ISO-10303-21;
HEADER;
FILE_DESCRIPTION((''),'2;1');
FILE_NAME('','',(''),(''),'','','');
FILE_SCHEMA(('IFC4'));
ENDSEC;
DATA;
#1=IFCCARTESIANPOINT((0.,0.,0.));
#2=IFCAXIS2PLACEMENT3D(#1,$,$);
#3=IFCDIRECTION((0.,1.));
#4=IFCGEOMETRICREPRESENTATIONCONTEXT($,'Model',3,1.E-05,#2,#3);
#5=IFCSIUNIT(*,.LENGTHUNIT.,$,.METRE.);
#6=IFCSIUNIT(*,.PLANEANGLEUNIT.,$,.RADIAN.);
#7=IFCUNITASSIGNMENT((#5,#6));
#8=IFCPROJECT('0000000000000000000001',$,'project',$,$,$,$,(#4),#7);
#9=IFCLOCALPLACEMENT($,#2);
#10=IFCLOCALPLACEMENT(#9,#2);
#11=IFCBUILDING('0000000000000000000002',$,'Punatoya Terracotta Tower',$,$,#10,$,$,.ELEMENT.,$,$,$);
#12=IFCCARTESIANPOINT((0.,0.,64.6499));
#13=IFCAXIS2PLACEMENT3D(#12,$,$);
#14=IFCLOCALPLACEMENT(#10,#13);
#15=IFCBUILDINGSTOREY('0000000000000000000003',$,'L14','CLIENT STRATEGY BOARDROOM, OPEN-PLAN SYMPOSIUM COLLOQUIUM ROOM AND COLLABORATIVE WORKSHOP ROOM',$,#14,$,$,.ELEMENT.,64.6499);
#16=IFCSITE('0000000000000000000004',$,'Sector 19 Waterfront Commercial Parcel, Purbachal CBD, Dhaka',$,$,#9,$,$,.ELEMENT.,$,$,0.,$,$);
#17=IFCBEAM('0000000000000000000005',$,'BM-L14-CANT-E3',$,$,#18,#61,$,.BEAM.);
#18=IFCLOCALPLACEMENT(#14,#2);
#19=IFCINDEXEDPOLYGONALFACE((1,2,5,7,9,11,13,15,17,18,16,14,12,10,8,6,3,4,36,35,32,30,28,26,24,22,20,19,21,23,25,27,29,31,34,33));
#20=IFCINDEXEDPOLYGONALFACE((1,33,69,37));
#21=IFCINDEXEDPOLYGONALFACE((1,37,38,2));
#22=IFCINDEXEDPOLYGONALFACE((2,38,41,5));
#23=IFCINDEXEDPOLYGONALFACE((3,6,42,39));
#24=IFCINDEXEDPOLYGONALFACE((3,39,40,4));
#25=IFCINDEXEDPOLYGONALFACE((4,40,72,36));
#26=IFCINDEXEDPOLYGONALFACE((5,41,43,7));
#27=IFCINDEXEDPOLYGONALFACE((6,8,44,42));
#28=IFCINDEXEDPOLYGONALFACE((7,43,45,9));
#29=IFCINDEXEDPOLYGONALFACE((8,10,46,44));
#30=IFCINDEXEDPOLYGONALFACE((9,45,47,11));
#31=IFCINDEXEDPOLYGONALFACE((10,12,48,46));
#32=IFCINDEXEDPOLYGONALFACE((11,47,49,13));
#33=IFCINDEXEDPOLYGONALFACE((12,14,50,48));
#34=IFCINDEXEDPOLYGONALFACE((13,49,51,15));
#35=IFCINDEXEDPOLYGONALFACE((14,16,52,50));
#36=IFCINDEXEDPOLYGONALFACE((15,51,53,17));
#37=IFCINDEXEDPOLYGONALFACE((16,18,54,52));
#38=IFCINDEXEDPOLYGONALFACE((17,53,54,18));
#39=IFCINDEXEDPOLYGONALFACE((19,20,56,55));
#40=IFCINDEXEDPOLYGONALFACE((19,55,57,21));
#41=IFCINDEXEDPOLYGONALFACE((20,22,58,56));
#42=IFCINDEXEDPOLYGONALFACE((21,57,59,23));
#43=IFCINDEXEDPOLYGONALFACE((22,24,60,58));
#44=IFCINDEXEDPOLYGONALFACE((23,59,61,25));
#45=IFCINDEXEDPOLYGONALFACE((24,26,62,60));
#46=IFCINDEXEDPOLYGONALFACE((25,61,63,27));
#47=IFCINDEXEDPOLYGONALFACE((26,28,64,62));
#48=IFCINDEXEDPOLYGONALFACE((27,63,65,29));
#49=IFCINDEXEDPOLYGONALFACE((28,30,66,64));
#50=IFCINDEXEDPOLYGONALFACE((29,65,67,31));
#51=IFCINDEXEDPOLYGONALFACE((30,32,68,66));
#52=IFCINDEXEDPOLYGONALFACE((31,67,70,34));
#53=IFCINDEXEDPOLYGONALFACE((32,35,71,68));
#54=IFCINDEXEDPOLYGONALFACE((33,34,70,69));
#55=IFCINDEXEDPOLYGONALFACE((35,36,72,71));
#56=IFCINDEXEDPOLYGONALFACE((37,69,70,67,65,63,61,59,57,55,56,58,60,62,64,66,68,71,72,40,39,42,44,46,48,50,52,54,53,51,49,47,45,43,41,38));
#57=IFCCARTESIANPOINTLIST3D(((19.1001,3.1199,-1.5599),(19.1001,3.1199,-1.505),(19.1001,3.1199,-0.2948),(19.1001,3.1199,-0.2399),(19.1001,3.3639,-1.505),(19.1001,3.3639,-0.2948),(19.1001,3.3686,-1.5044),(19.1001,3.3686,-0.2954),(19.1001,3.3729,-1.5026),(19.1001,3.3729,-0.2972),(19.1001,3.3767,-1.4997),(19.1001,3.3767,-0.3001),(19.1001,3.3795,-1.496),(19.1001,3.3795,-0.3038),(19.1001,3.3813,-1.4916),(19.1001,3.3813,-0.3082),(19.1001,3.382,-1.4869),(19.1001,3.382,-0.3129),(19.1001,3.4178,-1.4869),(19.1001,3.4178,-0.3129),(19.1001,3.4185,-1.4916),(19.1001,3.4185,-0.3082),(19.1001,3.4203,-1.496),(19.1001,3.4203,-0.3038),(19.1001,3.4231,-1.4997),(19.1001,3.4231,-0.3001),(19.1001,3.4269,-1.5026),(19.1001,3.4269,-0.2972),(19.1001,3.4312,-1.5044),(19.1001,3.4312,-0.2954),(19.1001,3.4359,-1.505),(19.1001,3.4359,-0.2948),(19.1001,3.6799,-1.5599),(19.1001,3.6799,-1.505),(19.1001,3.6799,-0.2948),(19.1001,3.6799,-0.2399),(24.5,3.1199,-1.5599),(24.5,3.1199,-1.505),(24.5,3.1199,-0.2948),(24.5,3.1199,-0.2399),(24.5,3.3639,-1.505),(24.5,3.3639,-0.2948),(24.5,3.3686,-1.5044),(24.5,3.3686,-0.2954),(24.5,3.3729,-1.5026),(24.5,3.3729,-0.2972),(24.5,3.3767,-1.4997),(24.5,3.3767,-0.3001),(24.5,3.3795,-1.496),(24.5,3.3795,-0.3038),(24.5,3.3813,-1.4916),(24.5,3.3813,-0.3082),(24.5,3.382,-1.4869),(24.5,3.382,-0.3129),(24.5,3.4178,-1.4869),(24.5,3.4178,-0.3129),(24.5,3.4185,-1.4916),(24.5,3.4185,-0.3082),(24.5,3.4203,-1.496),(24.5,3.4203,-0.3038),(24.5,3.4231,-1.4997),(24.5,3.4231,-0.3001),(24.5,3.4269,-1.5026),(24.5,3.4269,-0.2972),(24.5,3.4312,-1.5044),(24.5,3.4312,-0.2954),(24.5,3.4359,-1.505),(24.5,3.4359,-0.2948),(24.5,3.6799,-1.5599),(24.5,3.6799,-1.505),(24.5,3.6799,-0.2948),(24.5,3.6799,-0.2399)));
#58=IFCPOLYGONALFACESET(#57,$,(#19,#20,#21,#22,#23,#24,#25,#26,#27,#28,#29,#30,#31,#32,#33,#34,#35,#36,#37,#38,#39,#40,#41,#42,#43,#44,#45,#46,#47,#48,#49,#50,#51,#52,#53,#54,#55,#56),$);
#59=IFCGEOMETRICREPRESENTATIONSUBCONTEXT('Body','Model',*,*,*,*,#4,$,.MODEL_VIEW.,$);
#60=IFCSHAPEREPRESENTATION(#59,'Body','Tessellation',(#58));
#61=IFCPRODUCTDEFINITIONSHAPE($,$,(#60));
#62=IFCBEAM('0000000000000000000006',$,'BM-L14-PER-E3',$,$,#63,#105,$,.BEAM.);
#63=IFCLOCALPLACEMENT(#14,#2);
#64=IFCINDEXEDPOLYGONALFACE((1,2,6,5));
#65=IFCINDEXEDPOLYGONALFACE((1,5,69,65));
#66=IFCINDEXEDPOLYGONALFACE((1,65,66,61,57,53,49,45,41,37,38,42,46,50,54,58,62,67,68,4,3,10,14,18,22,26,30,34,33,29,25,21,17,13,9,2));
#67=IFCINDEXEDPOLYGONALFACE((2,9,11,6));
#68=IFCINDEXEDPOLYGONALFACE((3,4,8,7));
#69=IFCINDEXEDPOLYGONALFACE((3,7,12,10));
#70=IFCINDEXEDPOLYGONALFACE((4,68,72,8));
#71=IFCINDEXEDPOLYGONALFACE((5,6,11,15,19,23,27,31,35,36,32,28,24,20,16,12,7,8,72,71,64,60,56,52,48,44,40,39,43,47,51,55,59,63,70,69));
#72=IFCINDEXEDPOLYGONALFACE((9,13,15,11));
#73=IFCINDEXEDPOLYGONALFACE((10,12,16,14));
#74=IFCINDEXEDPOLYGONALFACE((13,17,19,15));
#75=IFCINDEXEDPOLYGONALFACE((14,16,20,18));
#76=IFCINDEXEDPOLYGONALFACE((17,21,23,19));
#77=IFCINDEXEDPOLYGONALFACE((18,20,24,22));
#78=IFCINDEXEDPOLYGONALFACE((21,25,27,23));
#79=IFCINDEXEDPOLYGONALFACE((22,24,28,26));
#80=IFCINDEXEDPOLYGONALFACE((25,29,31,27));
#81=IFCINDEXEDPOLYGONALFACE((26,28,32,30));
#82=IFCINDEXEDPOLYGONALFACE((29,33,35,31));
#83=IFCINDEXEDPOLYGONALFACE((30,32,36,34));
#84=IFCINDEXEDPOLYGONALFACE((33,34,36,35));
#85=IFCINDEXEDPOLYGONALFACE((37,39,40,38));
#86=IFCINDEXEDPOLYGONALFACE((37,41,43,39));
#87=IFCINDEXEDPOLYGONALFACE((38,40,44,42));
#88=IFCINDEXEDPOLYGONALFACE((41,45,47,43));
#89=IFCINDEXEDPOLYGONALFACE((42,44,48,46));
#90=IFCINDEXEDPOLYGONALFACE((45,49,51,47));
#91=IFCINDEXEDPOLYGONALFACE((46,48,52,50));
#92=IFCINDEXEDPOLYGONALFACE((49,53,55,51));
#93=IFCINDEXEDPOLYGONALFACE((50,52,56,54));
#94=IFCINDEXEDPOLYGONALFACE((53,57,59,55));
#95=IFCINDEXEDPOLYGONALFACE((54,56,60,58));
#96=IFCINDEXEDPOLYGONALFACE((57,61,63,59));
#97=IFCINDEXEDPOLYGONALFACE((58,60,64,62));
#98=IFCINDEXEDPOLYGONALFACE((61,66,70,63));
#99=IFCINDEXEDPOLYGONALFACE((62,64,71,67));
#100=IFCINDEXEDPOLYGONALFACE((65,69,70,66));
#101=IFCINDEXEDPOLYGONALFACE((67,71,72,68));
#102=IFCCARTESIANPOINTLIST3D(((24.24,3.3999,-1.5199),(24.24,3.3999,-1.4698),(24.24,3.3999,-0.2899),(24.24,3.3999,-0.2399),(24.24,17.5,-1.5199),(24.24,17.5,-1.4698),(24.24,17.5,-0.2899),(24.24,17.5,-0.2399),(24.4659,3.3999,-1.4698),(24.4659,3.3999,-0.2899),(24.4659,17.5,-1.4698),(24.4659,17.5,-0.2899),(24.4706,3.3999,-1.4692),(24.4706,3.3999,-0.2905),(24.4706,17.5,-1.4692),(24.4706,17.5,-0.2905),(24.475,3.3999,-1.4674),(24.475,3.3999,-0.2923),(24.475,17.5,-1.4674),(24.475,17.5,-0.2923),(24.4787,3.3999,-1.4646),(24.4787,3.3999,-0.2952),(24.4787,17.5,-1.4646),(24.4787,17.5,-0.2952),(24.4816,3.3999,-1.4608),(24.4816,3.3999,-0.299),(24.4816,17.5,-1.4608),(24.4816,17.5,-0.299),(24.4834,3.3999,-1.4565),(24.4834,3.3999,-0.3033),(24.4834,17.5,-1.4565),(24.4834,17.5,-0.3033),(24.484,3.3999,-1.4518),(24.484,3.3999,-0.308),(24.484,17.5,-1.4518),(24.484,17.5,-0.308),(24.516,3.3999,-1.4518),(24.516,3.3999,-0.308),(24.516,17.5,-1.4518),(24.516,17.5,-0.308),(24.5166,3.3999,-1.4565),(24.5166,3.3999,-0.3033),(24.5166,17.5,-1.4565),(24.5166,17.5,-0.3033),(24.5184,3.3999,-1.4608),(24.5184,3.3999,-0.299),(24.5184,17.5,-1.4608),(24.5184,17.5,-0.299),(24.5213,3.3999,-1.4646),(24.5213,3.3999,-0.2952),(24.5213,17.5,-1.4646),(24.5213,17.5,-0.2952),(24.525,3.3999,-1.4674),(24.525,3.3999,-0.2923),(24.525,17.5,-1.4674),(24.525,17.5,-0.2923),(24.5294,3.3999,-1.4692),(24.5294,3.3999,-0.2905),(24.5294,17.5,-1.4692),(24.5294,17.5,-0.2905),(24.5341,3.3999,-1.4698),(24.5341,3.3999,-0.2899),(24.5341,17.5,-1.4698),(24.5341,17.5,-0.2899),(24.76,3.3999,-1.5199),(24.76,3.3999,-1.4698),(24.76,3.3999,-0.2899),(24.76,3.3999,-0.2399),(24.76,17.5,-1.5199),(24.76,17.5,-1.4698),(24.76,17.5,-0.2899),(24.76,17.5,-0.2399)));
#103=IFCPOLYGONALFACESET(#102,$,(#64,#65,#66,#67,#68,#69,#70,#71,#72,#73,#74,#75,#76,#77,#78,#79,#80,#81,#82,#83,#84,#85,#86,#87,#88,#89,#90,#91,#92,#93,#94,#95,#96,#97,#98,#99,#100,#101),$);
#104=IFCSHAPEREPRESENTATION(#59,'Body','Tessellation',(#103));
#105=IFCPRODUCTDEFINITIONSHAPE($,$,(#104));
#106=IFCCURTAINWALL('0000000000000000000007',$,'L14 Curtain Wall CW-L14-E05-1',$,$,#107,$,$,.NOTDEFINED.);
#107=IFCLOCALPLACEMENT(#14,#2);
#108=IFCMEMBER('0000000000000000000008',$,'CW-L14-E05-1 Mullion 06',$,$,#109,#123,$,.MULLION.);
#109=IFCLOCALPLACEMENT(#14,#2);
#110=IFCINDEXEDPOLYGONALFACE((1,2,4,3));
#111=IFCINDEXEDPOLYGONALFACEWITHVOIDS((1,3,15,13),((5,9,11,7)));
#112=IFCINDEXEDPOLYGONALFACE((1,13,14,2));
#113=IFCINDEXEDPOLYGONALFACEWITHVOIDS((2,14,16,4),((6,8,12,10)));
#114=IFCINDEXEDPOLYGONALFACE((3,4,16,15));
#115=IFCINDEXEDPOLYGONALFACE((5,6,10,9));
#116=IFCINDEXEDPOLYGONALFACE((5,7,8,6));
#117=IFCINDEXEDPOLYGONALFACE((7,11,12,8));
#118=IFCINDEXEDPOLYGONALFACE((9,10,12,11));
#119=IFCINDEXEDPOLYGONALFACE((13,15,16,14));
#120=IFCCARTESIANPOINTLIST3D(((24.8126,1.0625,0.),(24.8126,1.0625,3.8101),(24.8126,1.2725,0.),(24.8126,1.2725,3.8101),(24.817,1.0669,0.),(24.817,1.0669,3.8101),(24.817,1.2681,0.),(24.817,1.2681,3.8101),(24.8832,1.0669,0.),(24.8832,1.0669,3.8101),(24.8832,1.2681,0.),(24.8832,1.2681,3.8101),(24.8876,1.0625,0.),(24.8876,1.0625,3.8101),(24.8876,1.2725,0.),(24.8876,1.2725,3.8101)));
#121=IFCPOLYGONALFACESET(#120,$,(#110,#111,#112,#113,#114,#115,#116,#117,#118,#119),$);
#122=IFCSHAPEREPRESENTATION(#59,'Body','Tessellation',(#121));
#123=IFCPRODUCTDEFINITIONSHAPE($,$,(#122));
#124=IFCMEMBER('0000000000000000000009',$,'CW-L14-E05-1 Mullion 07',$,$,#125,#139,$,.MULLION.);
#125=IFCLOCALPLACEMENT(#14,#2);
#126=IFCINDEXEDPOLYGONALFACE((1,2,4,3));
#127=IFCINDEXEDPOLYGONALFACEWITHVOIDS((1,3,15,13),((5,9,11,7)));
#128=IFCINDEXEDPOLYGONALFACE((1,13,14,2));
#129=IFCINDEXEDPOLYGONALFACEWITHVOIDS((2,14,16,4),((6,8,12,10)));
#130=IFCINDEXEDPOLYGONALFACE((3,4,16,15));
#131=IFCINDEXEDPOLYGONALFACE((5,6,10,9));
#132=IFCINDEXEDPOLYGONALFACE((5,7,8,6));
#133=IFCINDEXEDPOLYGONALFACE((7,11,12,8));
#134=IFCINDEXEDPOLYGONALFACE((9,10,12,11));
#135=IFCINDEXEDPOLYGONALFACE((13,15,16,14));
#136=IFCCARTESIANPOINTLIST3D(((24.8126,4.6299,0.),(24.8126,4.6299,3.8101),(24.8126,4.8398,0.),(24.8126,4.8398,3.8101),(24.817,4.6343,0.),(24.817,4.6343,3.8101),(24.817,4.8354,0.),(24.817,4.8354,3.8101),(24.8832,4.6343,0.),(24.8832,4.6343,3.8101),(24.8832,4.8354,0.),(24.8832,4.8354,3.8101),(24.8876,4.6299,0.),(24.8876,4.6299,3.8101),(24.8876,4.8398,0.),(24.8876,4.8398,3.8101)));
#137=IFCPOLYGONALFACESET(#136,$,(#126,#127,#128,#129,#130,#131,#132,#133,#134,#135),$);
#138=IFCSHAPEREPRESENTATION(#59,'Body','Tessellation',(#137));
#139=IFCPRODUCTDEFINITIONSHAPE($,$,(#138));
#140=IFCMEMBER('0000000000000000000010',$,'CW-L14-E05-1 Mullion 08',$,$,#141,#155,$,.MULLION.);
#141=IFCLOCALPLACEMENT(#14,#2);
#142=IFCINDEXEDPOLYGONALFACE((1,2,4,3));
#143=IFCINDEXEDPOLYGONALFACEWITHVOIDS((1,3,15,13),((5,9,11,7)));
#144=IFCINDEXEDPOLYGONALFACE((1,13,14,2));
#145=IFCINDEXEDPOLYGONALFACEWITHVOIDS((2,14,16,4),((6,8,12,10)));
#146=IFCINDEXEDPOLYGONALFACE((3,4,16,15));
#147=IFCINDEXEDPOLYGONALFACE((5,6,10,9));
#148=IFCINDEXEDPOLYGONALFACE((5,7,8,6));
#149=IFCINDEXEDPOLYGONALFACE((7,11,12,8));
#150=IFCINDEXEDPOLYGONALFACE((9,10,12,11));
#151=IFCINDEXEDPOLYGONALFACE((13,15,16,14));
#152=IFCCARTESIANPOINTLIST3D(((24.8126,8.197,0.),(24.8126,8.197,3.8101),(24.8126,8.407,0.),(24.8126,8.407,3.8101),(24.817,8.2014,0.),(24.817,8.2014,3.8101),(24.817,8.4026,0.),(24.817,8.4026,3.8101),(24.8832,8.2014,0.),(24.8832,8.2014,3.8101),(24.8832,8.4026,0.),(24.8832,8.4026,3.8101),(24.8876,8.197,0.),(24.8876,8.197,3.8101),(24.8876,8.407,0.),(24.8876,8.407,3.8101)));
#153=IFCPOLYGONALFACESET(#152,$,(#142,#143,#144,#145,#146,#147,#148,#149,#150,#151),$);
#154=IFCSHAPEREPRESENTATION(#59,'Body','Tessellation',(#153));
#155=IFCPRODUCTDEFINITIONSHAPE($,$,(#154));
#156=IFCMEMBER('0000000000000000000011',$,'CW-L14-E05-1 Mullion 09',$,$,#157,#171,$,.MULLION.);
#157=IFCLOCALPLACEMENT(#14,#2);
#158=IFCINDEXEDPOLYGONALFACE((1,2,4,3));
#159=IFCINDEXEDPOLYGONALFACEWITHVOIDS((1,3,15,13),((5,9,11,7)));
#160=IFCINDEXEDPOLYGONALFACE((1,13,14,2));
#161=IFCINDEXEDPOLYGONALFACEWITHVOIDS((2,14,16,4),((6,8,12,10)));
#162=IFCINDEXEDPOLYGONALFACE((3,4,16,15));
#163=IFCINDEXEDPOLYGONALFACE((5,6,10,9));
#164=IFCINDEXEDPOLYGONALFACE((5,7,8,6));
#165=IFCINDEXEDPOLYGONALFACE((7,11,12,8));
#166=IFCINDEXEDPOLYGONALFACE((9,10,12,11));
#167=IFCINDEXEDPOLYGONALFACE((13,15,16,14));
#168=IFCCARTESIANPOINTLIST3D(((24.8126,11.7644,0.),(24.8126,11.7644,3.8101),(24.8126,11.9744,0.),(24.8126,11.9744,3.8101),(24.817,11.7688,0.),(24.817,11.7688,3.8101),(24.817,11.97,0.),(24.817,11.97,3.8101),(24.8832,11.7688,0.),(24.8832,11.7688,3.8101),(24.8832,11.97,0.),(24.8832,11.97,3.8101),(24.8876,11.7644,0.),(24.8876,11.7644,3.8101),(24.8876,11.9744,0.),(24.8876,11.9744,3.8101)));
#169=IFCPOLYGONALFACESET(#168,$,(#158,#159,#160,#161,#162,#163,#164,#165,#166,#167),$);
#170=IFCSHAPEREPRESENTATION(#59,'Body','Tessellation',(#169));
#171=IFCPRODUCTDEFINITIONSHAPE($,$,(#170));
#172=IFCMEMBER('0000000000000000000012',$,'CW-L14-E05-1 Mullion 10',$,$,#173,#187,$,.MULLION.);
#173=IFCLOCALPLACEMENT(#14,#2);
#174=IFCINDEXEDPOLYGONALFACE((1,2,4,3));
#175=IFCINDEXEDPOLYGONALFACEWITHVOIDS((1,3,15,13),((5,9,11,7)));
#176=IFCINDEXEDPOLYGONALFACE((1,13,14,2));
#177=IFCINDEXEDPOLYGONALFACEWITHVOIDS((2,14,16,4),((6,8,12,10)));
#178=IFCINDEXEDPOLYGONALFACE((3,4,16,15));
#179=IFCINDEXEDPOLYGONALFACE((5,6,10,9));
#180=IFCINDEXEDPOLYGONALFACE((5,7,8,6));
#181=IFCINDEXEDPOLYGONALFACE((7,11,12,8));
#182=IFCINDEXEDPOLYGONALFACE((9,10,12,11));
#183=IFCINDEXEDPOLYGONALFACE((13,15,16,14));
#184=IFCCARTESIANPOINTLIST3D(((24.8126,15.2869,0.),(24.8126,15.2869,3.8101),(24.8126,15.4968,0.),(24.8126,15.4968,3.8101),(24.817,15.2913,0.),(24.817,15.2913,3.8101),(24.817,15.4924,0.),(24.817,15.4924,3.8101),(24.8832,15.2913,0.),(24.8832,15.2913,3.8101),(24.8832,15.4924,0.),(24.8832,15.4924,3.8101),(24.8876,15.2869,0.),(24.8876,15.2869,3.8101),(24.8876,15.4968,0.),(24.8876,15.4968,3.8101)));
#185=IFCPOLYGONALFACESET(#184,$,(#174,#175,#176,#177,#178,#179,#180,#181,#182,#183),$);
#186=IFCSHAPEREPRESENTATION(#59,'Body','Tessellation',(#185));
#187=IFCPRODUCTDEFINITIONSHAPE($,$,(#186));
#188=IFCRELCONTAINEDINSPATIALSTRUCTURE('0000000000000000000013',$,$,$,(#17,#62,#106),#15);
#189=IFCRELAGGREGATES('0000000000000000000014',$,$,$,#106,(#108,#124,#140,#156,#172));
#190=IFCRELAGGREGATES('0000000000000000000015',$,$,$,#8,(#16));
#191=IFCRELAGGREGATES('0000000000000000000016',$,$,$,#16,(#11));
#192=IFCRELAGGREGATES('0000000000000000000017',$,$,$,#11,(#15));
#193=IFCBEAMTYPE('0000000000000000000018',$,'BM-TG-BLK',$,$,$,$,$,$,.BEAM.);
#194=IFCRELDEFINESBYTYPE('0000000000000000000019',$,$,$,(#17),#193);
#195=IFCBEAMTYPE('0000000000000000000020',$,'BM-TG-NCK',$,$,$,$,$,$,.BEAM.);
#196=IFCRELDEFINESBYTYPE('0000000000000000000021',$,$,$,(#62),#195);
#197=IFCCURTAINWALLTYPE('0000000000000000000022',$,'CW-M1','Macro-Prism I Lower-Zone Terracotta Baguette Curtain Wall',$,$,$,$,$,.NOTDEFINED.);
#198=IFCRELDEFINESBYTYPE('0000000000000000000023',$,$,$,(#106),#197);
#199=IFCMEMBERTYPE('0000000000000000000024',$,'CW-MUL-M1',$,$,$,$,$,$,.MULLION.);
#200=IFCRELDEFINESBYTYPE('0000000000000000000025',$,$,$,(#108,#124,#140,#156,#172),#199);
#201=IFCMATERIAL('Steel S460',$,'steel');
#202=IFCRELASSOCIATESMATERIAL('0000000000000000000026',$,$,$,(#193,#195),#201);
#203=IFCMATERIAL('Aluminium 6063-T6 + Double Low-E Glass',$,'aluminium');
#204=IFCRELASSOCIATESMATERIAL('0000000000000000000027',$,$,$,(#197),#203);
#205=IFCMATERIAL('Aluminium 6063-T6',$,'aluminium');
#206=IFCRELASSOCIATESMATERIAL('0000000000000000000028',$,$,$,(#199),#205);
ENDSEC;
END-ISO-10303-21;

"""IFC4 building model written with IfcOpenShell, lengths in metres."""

from ifc_helpers import new_model, si_unit, direction, frame, origin, origin_2d, place, context, subcontext, project, spatial, hollow_rectangle, i_section, extrude, material, material_profile, profile_set, type_object, element, aggregate, save


model = new_model("IFC4")

# Units and contexts
model_context = context("Model", 3, precision=1e-05, world=origin(), true_north=direction((0.0, 1.0)))
body_context = subcontext(model_context, "Body", "Model", "MODEL_VIEW")
ifc_project = project(units=[si_unit("LENGTHUNIT", "METRE"), si_unit("PLANEANGLEUNIT", "RADIAN")], contexts=[model_context])

# Site, building, storey
site_placement = place(None, origin())
site = spatial("IfcSite", under=ifc_project, at=site_placement, Name="Sector 19 Waterfront Commercial Parcel, Purbachal CBD, Dhaka", CompositionType="ELEMENT", RefElevation=0.0)
building_placement = place(site_placement, origin())
building = spatial("IfcBuilding", under=site, at=building_placement, Name="Punatoya Terracotta Tower", CompositionType="ELEMENT")
storey_placement = place(building_placement, frame((0.0, 0.0, 64.6499)))
storey = spatial("IfcBuildingStorey", under=building, at=storey_placement, Name="L14", Description="CLIENT STRATEGY BOARDROOM, OPEN-PLAN SYMPOSIUM COLLOQUIUM ROOM AND COLLABORATIVE WORKSHOP ROOM", CompositionType="ELEMENT", Elevation=64.6499)

# Shared definitions
ifc_material_1 = material(Name="Steel S460", Category="steel")

# Beams
ifc_material_profile_1 = material_profile(ifc_material_1, i_section(OverallWidth=0.5601, OverallDepth=1.3201, WebThickness=0.0359, FlangeThickness=0.0549, FilletRadius=0.0181, at=origin_2d()))
ifc_profile_set_1 = profile_set([ifc_material_profile_1], Name="Steel S460")
beam_type_1 = type_object("IfcBeamType", Name="BM-TG-BLK", PredefinedType="BEAM", material=ifc_profile_set_1)
beam_1_placement = place(storey_placement, frame((19.1001, 3.3999, -0.8999), z_axis=(1.0, 0.0, 0.0), x_axis=(0.0, 1.0, 0.0)))
element("IfcBeam", 1, at=beam_1_placement, inside=storey, type_object=beam_type_1, Name="BM-L14-CANT-E3", PredefinedType="BEAM", context=body_context, shape_type="SweptSolid", body=[
    extrude(i_section(OverallWidth=0.5601, OverallDepth=1.3201, WebThickness=0.0359, FlangeThickness=0.0549, FilletRadius=0.0181, at=origin_2d()), origin(), (0.0, 0.0, 1.0), 5.3999),
])
ifc_material_profile_2 = material_profile(ifc_material_1, i_section(OverallWidth=0.52, OverallDepth=1.28, WebThickness=0.032, FlangeThickness=0.05, FilletRadius=0.0181, at=origin_2d()))
ifc_profile_set_2 = profile_set([ifc_material_profile_2], Name="Steel S460")
beam_type_2 = type_object("IfcBeamType", Name="BM-TG-NCK", PredefinedType="BEAM", material=ifc_profile_set_2)
beam_2_placement = place(storey_placement, frame((24.5, 3.3999, -0.8799), z_axis=(0.0, 1.0, 0.0), x_axis=(-1.0, 0.0, 0.0)))
element("IfcBeam", 2, at=beam_2_placement, inside=storey, type_object=beam_type_2, Name="BM-L14-PER-E3", PredefinedType="BEAM", context=body_context, shape_type="SweptSolid", body=[
    extrude(i_section(OverallWidth=0.52, OverallDepth=1.28, WebThickness=0.032, FlangeThickness=0.05, FilletRadius=0.0181, at=origin_2d()), origin(), (0.0, 0.0, 1.0), 14.1001),
])

# Curtain wall, members
ifc_material_2 = material(Name="Aluminium 6063-T6 + Double Low-E Glass", Category="aluminium")
curtain_wall_type = type_object("IfcCurtainWallType", Name="CW-M1", Description="Macro-Prism I Lower-Zone Terracotta Baguette Curtain Wall", PredefinedType="NOTDEFINED", material=ifc_material_2)
curtain_wall_1_placement = place(storey_placement, origin())
curtain_wall_1 = element("IfcCurtainWall", 3, at=curtain_wall_1_placement, inside=storey, type_object=curtain_wall_type, Name="L14 Curtain Wall CW-L14-E05-1", PredefinedType="NOTDEFINED")
ifc_material_3 = material(Name="Aluminium 6063-T6", Category="aluminium")
ifc_material_profile_3 = material_profile(ifc_material_3, hollow_rectangle(XDim=0.075, YDim=0.21, WallThickness=0.0044, at=origin_2d()))
ifc_profile_set_3 = profile_set([ifc_material_profile_3], Name="Aluminium 6063-T6")
member_type_1 = type_object("IfcMemberType", Name="CW-MUL-M1", PredefinedType="MULLION", material=ifc_profile_set_3)
member_1_placement = place(storey_placement, frame((24.8501, 1.1675, 0.0), z_axis=(0.0, 0.0, 1.0), x_axis=(1.0, 0.0, 0.0)))
member_1 = element("IfcMember", 4, at=member_1_placement, type_object=member_type_1, Name="CW-L14-E05-1 Mullion 06", PredefinedType="MULLION", context=body_context, shape_type="SweptSolid", body=[
    extrude(hollow_rectangle(XDim=0.075, YDim=0.21, WallThickness=0.0044, at=origin_2d()), origin(), (0.0, 0.0, 1.0), 3.8101),
])
member_2_placement = place(storey_placement, frame((24.8501, 4.7349, 0.0), z_axis=(0.0, 0.0, 1.0), x_axis=(1.0, 0.0, 0.0)))
member_2 = element("IfcMember", 5, at=member_2_placement, type_object=member_type_1, Name="CW-L14-E05-1 Mullion 07", PredefinedType="MULLION", context=body_context, shape_type="SweptSolid", body=[
    extrude(hollow_rectangle(XDim=0.075, YDim=0.21, WallThickness=0.0044, at=origin_2d()), origin(), (0.0, 0.0, 1.0), 3.8101),
])
member_3_placement = place(storey_placement, frame((24.8501, 8.302, 0.0), z_axis=(0.0, 0.0, 1.0), x_axis=(1.0, 0.0, 0.0)))
member_3 = element("IfcMember", 6, at=member_3_placement, type_object=member_type_1, Name="CW-L14-E05-1 Mullion 08", PredefinedType="MULLION", context=body_context, shape_type="SweptSolid", body=[
    extrude(hollow_rectangle(XDim=0.075, YDim=0.21, WallThickness=0.0044, at=origin_2d()), origin(), (0.0, 0.0, 1.0), 3.8101),
])
member_4_placement = place(storey_placement, frame((24.8501, 11.8694, 0.0), z_axis=(0.0, 0.0, 1.0), x_axis=(1.0, 0.0, 0.0)))
member_4 = element("IfcMember", 7, at=member_4_placement, type_object=member_type_1, Name="CW-L14-E05-1 Mullion 09", PredefinedType="MULLION", context=body_context, shape_type="SweptSolid", body=[
    extrude(hollow_rectangle(XDim=0.075, YDim=0.21, WallThickness=0.0044, at=origin_2d()), origin(), (0.0, 0.0, 1.0), 3.8101),
])
member_5_placement = place(storey_placement, frame((24.8501, 15.3918, 0.0), z_axis=(0.0, 0.0, 1.0), x_axis=(1.0, 0.0, 0.0)))
member_5 = element("IfcMember", 8, at=member_5_placement, type_object=member_type_1, Name="CW-L14-E05-1 Mullion 10", PredefinedType="MULLION", context=body_context, shape_type="SweptSolid", body=[
    extrude(hollow_rectangle(XDim=0.075, YDim=0.21, WallThickness=0.0044, at=origin_2d()), origin(), (0.0, 0.0, 1.0), 3.8101),
])

aggregate(curtain_wall_1, [member_1, member_2, member_3, member_4, member_5])

save(model, "model.ifc")
